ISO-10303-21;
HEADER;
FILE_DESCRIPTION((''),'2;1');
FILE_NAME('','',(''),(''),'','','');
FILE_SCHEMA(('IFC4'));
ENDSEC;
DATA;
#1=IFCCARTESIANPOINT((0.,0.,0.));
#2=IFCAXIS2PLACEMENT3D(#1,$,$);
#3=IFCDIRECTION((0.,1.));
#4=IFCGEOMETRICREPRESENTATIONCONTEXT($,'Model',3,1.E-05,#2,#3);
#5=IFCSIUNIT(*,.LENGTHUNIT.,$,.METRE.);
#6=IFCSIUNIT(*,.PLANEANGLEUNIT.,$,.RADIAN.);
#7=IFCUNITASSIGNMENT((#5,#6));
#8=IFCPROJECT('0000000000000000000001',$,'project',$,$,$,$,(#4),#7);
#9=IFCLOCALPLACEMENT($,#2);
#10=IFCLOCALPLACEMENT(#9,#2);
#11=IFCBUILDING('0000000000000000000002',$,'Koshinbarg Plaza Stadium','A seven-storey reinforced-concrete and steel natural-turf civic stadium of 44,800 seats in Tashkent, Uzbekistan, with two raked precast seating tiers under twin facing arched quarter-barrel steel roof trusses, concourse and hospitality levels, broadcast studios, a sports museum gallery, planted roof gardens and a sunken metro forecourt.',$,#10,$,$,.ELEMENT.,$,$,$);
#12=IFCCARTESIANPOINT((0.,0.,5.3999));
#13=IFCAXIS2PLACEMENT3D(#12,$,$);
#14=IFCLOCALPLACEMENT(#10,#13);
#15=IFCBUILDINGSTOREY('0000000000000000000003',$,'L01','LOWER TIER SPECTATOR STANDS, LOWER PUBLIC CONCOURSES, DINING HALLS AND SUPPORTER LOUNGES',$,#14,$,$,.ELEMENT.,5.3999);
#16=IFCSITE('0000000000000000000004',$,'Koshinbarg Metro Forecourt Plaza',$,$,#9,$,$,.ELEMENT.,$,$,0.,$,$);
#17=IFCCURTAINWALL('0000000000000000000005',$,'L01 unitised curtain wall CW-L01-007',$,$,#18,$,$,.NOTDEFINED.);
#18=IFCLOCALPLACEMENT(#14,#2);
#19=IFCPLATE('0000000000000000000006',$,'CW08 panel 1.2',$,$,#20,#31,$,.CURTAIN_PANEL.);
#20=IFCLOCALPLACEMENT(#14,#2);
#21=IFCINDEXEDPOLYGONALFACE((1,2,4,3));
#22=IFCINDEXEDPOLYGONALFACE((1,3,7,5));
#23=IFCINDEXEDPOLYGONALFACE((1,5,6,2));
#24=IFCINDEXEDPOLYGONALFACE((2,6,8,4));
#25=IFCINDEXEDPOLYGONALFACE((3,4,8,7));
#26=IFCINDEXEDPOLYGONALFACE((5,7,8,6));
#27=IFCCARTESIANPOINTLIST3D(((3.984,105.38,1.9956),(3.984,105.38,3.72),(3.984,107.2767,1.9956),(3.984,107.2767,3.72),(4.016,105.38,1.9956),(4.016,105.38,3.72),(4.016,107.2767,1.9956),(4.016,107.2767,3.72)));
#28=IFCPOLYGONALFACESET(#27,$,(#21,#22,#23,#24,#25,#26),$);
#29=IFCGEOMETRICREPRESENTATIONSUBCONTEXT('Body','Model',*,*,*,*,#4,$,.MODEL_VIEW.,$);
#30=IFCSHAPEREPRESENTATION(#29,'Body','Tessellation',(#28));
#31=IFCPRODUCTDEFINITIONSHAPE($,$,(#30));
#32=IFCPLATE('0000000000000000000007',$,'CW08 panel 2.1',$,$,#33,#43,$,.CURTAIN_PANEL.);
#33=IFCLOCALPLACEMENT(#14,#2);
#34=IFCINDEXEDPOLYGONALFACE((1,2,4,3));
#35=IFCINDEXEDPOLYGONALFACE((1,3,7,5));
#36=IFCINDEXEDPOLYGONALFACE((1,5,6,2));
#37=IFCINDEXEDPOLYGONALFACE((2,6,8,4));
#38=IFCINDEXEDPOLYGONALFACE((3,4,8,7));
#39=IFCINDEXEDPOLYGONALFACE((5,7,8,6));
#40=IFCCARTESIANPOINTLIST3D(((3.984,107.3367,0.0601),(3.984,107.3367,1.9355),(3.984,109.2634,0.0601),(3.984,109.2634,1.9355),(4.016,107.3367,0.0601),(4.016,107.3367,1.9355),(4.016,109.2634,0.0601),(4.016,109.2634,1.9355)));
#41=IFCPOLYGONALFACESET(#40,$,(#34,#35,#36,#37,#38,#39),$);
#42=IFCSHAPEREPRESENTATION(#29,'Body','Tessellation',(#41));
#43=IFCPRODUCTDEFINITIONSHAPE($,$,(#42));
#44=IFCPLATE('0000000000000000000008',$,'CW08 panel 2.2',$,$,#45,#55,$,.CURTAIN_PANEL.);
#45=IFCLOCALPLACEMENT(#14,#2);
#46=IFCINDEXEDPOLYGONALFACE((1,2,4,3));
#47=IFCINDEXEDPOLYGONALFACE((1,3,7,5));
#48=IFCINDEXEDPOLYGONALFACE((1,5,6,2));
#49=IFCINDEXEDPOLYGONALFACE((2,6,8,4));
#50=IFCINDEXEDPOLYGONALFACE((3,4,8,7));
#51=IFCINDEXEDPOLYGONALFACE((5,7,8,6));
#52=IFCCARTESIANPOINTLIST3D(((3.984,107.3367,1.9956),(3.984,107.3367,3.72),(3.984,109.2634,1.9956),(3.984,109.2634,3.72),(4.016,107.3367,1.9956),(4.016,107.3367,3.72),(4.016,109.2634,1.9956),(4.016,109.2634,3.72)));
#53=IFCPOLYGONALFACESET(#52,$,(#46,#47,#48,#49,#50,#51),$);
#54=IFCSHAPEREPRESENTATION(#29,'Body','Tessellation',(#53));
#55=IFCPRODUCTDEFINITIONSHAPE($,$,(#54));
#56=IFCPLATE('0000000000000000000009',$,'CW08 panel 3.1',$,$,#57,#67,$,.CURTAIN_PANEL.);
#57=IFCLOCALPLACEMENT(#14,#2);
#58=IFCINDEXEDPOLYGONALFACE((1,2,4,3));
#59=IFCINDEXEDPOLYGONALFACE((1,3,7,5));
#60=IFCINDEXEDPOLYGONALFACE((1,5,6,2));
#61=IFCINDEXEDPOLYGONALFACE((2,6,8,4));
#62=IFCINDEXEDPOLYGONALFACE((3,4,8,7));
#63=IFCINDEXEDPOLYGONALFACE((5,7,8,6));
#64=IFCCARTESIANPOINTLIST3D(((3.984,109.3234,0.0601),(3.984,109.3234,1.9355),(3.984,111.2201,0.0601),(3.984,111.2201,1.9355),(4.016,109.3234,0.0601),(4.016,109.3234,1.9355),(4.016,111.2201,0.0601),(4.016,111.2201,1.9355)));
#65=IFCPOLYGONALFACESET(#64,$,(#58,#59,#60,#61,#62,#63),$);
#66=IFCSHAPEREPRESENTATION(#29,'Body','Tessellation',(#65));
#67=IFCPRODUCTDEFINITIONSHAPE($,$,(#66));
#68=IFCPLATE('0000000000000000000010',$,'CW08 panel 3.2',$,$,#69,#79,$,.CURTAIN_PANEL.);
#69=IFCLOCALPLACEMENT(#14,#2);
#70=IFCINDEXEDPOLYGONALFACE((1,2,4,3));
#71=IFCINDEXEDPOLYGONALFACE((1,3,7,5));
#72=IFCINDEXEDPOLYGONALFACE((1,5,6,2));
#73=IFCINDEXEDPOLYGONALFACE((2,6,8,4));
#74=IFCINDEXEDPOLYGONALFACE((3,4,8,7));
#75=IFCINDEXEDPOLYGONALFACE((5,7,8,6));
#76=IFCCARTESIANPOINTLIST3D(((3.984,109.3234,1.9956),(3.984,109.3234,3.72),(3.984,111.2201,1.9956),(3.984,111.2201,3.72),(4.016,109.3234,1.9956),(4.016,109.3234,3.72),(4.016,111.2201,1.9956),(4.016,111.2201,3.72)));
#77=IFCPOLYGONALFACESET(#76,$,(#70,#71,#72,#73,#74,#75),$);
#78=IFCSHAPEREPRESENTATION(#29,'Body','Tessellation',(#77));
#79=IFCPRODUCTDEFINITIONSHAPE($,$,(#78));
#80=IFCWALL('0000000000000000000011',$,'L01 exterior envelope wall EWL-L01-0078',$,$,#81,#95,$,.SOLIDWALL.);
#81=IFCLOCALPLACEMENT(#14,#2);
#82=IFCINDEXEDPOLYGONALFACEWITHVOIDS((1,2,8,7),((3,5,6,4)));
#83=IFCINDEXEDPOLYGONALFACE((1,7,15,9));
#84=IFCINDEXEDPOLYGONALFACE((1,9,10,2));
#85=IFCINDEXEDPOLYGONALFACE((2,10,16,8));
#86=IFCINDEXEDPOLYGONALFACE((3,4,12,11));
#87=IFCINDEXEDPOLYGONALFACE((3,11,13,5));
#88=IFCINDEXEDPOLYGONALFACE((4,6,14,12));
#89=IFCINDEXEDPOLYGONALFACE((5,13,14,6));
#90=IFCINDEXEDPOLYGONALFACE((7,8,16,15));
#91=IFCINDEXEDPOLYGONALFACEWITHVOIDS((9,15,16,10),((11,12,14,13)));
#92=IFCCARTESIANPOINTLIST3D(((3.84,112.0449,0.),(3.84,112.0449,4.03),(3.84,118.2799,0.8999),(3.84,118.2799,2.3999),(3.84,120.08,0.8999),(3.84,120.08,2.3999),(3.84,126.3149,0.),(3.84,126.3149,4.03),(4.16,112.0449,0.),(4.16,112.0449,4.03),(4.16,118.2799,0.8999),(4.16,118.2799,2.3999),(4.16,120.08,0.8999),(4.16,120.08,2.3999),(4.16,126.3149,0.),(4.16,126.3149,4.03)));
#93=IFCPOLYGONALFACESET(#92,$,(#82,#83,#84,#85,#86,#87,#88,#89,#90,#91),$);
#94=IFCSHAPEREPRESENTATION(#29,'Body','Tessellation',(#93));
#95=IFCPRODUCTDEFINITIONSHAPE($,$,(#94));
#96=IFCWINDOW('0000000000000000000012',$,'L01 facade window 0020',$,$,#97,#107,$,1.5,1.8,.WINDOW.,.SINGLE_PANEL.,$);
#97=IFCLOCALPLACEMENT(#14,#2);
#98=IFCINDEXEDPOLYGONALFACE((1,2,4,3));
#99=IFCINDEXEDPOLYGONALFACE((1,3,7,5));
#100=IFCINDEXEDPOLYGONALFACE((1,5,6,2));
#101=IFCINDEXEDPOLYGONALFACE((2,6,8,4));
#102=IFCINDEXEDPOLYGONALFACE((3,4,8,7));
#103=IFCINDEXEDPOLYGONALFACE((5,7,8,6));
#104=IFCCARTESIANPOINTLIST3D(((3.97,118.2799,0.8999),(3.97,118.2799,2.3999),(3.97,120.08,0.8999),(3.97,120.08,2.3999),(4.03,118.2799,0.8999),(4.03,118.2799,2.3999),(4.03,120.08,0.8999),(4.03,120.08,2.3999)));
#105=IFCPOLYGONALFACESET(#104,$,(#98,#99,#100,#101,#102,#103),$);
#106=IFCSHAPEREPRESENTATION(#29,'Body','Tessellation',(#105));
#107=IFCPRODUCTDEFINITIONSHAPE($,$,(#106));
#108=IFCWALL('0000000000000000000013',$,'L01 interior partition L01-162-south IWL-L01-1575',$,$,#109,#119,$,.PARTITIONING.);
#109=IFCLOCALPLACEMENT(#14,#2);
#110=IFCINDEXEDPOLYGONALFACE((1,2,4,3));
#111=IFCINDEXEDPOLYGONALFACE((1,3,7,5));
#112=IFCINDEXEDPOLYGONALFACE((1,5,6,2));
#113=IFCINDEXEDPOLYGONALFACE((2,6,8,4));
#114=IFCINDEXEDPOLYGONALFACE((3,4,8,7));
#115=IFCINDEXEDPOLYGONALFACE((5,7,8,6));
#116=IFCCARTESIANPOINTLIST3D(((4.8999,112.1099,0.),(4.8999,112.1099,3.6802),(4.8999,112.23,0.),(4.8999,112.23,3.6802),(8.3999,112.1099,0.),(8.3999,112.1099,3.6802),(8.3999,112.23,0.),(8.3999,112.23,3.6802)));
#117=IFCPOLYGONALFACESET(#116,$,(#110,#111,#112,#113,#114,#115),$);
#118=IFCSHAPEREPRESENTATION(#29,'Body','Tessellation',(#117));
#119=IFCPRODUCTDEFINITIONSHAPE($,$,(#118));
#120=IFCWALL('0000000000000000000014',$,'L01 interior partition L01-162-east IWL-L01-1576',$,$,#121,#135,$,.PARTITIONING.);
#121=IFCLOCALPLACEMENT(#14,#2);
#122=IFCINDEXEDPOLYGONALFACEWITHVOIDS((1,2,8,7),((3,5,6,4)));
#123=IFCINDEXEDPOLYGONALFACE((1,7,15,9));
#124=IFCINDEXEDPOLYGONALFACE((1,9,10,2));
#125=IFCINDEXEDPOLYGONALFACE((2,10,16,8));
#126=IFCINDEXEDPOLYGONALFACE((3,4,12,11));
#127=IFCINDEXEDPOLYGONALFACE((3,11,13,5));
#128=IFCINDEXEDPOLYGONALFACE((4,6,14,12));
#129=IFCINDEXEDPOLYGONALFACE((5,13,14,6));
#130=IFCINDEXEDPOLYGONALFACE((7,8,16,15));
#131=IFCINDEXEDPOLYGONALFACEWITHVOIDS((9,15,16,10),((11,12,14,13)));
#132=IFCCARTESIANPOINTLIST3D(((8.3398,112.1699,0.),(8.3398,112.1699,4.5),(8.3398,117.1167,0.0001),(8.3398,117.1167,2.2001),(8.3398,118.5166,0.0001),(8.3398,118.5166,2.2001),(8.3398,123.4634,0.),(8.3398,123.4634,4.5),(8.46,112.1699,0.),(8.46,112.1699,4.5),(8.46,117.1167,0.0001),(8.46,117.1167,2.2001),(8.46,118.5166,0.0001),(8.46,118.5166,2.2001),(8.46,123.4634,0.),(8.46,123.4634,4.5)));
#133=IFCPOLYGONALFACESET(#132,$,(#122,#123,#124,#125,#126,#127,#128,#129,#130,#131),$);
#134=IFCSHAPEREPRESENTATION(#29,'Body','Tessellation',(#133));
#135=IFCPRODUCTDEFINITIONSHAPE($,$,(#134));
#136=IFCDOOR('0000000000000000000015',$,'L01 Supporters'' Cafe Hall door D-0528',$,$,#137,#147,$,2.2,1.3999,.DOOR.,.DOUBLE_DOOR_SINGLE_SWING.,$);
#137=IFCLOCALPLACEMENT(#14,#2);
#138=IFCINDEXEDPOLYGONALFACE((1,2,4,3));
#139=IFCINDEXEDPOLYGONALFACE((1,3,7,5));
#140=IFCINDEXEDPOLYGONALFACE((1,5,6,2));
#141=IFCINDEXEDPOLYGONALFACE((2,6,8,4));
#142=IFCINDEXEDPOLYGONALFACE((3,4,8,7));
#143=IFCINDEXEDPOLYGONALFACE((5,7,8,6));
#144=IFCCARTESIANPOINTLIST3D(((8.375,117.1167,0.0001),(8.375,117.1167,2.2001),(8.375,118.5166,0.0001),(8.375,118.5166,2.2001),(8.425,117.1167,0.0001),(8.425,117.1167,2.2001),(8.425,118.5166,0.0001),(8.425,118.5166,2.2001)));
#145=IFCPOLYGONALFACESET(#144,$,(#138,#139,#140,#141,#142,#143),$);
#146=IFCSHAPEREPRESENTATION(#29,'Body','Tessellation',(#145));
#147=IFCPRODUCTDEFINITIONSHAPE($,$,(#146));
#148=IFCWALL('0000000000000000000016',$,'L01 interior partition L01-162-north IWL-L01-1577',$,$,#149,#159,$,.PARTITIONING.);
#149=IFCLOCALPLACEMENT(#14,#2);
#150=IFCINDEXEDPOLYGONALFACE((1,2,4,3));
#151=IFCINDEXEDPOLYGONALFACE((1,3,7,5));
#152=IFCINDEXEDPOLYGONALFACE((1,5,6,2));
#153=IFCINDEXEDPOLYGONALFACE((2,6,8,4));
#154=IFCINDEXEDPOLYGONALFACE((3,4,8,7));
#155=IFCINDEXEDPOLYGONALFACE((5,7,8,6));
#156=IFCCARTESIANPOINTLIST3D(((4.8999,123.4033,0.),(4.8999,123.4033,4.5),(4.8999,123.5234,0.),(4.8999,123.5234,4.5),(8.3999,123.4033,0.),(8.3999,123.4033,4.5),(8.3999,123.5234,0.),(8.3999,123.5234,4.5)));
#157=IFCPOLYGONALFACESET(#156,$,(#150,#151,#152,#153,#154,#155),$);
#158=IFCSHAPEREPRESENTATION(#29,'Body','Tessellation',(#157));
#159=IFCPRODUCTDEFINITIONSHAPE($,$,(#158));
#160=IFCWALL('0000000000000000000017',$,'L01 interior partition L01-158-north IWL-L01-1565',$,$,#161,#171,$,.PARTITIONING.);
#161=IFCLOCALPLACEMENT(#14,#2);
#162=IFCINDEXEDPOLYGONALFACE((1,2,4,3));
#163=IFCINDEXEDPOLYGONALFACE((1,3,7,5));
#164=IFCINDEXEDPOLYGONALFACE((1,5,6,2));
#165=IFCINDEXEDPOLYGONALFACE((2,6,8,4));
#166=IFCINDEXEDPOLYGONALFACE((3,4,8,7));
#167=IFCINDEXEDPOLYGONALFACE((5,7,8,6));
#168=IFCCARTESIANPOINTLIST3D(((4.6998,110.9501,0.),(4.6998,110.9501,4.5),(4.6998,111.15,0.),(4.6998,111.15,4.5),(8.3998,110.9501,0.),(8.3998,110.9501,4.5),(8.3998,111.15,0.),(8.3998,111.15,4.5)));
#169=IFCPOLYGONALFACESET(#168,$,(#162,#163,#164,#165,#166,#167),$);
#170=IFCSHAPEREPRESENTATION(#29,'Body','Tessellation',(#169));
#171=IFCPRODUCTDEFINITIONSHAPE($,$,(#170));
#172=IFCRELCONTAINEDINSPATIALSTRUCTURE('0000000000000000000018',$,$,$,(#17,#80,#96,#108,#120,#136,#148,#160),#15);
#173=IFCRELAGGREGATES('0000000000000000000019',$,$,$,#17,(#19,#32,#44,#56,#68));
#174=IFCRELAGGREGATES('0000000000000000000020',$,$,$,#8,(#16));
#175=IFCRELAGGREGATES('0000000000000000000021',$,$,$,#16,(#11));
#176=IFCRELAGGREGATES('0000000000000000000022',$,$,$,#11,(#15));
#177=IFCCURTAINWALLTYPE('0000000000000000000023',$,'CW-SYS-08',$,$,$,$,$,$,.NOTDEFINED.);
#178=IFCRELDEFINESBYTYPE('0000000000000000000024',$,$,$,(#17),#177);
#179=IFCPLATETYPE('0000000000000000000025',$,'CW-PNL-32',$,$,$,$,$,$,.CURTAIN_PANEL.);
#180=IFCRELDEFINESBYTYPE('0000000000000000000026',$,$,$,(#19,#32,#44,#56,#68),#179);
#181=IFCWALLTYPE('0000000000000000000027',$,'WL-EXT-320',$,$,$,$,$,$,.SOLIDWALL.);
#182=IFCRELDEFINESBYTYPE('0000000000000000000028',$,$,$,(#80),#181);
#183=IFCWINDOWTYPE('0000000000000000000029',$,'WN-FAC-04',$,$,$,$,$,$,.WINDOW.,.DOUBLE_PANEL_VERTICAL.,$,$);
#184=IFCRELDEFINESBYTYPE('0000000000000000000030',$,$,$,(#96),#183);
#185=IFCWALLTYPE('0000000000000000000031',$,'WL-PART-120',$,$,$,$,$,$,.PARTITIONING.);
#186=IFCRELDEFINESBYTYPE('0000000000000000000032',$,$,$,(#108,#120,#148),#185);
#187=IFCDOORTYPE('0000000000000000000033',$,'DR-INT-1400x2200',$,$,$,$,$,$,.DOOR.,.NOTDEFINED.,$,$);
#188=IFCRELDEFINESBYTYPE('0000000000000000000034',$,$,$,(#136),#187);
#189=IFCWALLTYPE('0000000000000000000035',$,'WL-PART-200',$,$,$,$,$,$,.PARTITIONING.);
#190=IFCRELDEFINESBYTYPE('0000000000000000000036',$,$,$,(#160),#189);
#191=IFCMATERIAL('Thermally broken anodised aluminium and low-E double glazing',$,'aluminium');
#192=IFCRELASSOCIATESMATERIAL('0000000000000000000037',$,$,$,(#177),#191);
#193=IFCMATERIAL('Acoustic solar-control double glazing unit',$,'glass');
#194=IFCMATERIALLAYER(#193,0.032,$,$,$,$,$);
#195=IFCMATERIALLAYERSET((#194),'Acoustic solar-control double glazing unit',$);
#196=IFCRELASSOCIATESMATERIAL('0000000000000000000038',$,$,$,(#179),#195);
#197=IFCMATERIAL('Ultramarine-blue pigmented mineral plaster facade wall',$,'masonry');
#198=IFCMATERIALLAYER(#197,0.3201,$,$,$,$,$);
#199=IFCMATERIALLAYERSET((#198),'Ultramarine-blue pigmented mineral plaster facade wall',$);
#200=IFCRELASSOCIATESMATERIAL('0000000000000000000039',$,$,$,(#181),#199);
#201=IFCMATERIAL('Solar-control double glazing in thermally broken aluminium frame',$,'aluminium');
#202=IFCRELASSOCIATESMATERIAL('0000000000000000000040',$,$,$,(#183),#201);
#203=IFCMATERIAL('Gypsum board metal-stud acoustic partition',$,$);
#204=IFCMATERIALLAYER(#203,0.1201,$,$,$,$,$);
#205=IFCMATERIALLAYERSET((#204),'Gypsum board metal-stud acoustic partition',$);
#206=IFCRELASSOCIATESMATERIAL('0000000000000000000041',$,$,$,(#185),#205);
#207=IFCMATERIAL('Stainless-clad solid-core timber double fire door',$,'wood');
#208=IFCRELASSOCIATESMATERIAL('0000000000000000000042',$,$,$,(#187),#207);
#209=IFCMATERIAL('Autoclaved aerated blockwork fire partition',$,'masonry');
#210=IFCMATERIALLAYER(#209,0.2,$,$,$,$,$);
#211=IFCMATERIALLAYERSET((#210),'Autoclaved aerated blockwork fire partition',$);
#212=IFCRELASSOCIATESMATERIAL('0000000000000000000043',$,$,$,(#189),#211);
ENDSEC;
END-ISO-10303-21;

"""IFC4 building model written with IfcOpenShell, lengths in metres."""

from ifc_helpers import new_model, si_unit, direction, frame, frame_2d, origin, origin_2d, place, context, subcontext, project, spatial, rectangle, extrude, material, layer, layer_set, type_object, element, fill, aggregate, save


model = new_model("IFC4")

# Units and contexts
model_context = context("Model", 3, precision=1e-05, world=origin(), true_north=direction((0.0, 1.0)))
body_context = subcontext(model_context, "Body", "Model", "MODEL_VIEW")
ifc_project = project(units=[si_unit("LENGTHUNIT", "METRE"), si_unit("PLANEANGLEUNIT", "RADIAN")], contexts=[model_context])

# Site, building, storey
site_placement = place(None, origin())
site = spatial("IfcSite", under=ifc_project, at=site_placement, Name="Koshinbarg Metro Forecourt Plaza", CompositionType="ELEMENT", RefElevation=0.0)
building_placement = place(site_placement, origin())
building = spatial("IfcBuilding", under=site, at=building_placement, Name="Koshinbarg Plaza Stadium", Description="A seven-storey reinforced-concrete and steel natural-turf civic stadium of 44,800 seats in Tashkent, Uzbekistan, with two raked precast seating tiers under twin facing arched quarter-barrel steel roof trusses, concourse and hospitality levels, broadcast studios, a sports museum gallery, planted roof gardens and a sunken metro forecourt.", CompositionType="ELEMENT")
storey_placement = place(building_placement, frame((0.0, 0.0, 5.3999)))
storey = spatial("IfcBuildingStorey", under=building, at=storey_placement, Name="L01", Description="LOWER TIER SPECTATOR STANDS, LOWER PUBLIC CONCOURSES, DINING HALLS AND SUPPORTER LOUNGES", CompositionType="ELEMENT", Elevation=5.3999)

# Curtain wall, plates
ifc_material_1 = material(Name="Thermally broken anodised aluminium and low-E double glazing", Category="aluminium")
curtain_wall_type = type_object("IfcCurtainWallType", Name="CW-SYS-08", PredefinedType="NOTDEFINED", material=ifc_material_1)
curtain_wall_placement = place(storey_placement, origin())
curtain_wall = element("IfcCurtainWall", 1, at=curtain_wall_placement, inside=storey, type_object=curtain_wall_type, Name="L01 unitised curtain wall CW-L01-007", PredefinedType="NOTDEFINED")
ifc_material_2 = material(Name="Acoustic solar-control double glazing unit", Category="glass")
ifc_layer_1 = layer(ifc_material_2, 0.032)
ifc_layer_set_1 = layer_set([ifc_layer_1], Name="Acoustic solar-control double glazing unit")
plate_type = type_object("IfcPlateType", Name="CW-PNL-32", PredefinedType="CURTAIN_PANEL", material=ifc_layer_set_1)
plate_1_placement = place(storey_placement, frame((4.0, 106.3284, 1.9956), z_axis=(0.0, 0.0, 1.0), x_axis=(0.0, 1.0, 0.0)))
plate_1 = element("IfcPlate", 2, at=plate_1_placement, type_object=plate_type, Name="CW08 panel 1.2", PredefinedType="CURTAIN_PANEL", context=body_context, shape_type="SweptSolid", body=[
    extrude(rectangle(XDim=1.8967, YDim=0.032, at=origin_2d()), origin(), (0.0, 0.0, 1.0), 1.7244),
])
plate_2_placement = place(storey_placement, frame((4.0, 108.3, 0.0601), z_axis=(0.0, 0.0, 1.0), x_axis=(0.0, 1.0, 0.0)))
plate_2 = element("IfcPlate", 3, at=plate_2_placement, type_object=plate_type, Name="CW08 panel 2.1", PredefinedType="CURTAIN_PANEL", context=body_context, shape_type="SweptSolid", body=[
    extrude(rectangle(XDim=1.9268, YDim=0.032, at=origin_2d()), origin(), (0.0, 0.0, 1.0), 1.8755),
])
plate_3_placement = place(storey_placement, frame((4.0, 108.3, 1.9956), z_axis=(0.0, 0.0, 1.0), x_axis=(0.0, 1.0, 0.0)))
plate_3 = element("IfcPlate", 4, at=plate_3_placement, type_object=plate_type, Name="CW08 panel 2.2", PredefinedType="CURTAIN_PANEL", context=body_context, shape_type="SweptSolid", body=[
    extrude(rectangle(XDim=1.9268, YDim=0.032, at=origin_2d()), origin(), (0.0, 0.0, 1.0), 1.7244),
])
plate_4_placement = place(storey_placement, frame((4.0, 110.2717, 0.0601), z_axis=(0.0, 0.0, 1.0), x_axis=(0.0, 1.0, 0.0)))
plate_4 = element("IfcPlate", 5, at=plate_4_placement, type_object=plate_type, Name="CW08 panel 3.1", PredefinedType="CURTAIN_PANEL", context=body_context, shape_type="SweptSolid", body=[
    extrude(rectangle(XDim=1.8967, YDim=0.032, at=origin_2d()), origin(), (0.0, 0.0, 1.0), 1.8755),
])
plate_5_placement = place(storey_placement, frame((4.0, 110.2717, 1.9956), z_axis=(0.0, 0.0, 1.0), x_axis=(0.0, 1.0, 0.0)))
plate_5 = element("IfcPlate", 6, at=plate_5_placement, type_object=plate_type, Name="CW08 panel 3.2", PredefinedType="CURTAIN_PANEL", context=body_context, shape_type="SweptSolid", body=[
    extrude(rectangle(XDim=1.8967, YDim=0.032, at=origin_2d()), origin(), (0.0, 0.0, 1.0), 1.7244),
])
aggregate(curtain_wall, [plate_1, plate_2, plate_3, plate_4, plate_5])

# Wall, opening, window
ifc_material_3 = material(Name="Ultramarine-blue pigmented mineral plaster facade wall", Category="masonry")
ifc_layer_2 = layer(ifc_material_3, 0.3201)
ifc_layer_set_2 = layer_set([ifc_layer_2], Name="Ultramarine-blue pigmented mineral plaster facade wall")
wall_type_1 = type_object("IfcWallType", Name="WL-EXT-320", PredefinedType="SOLIDWALL", material=ifc_layer_set_2)
wall_1_placement = place(storey_placement, frame((4.0, 112.0449, 0.0), z_axis=(0.0, 0.0, 1.0), x_axis=(0.0, 1.0, 0.0)))
wall_1 = element("IfcWall", 7, at=wall_1_placement, inside=storey, type_object=wall_type_1, Name="L01 exterior envelope wall EWL-L01-0078", PredefinedType="SOLIDWALL", context=body_context, shape_type="SweptSolid", body=[
    extrude(rectangle(XDim=14.27, YDim=0.3201, at=frame_2d((7.135, 0.0))), origin(), (0.0, 0.0, 1.0), 4.03),
])
opening_1_placement = place(wall_1_placement, frame((6.2351, 0.0, 0.8999)))
opening_1 = element("IfcOpeningElement", 8, at=opening_1_placement, cuts=wall_1, PredefinedType="OPENING", context=body_context, shape_type="SweptSolid", body=[
    extrude(rectangle(XDim=1.8, YDim=1.5, at=frame_2d((0.8999, 0.75))), frame((0.0, 0.1699, 0.0), z_axis=(0.0, -1.0, 0.0), x_axis=(1.0, 0.0, 0.0)), (0.0, 0.0, 1.0), 0.3401),
])
ifc_material_4 = material(Name="Solar-control double glazing in thermally broken aluminium frame", Category="aluminium")
window_type = type_object("IfcWindowType", Name="WN-FAC-04", PartitioningType="DOUBLE_PANEL_VERTICAL", PredefinedType="WINDOW", material=ifc_material_4)
window_placement = place(opening_1_placement, origin())
window = element("IfcWindow", 9, at=window_placement, inside=storey, type_object=window_type, Name="L01 facade window 0020", OverallHeight=1.5, OverallWidth=1.8, PartitioningType="SINGLE_PANEL", PredefinedType="WINDOW", context=body_context, shape_type="SweptSolid", body=[
    extrude(rectangle(XDim=1.8, YDim=1.5, at=frame_2d((0.8999, 0.75))), frame((0.0, 0.03, 0.0), z_axis=(0.0, -1.0, 0.0), x_axis=(1.0, 0.0, 0.0)), (0.0, 0.0, 1.0), 0.0601),
])
fill(opening_1, window)

# Wall
ifc_material_5 = material(Name="Gypsum board metal-stud acoustic partition")
ifc_layer_3 = layer(ifc_material_5, 0.1201)
ifc_layer_set_3 = layer_set([ifc_layer_3], Name="Gypsum board metal-stud acoustic partition")
wall_type_2 = type_object("IfcWallType", Name="WL-PART-120", PredefinedType="PARTITIONING", material=ifc_layer_set_3)
wall_2_placement = place(storey_placement, frame((4.8999, 112.1699, 0.0), z_axis=(0.0, 0.0, 1.0), x_axis=(1.0, 0.0, 0.0)))
element("IfcWall", 10, at=wall_2_placement, inside=storey, type_object=wall_type_2, Name="L01 interior partition L01-162-south IWL-L01-1575", PredefinedType="PARTITIONING", context=body_context, shape_type="SweptSolid", body=[
    extrude(rectangle(XDim=3.5, YDim=0.1201, at=frame_2d((1.75, 0.0))), origin(), (0.0, 0.0, 1.0), 3.6802),
])

# Wall, opening, door
wall_3_placement = place(storey_placement, frame((8.3999, 112.1699, 0.0), z_axis=(0.0, 0.0, 1.0), x_axis=(0.0, 1.0, 0.0)))
wall_3 = element("IfcWall", 11, at=wall_3_placement, inside=storey, type_object=wall_type_2, Name="L01 interior partition L01-162-east IWL-L01-1576", PredefinedType="PARTITIONING", context=body_context, shape_type="SweptSolid", body=[
    extrude(rectangle(XDim=11.2935, YDim=0.1201, at=frame_2d((5.6467, 0.0))), origin(), (0.0, 0.0, 1.0), 4.5),
])
opening_2_placement = place(wall_3_placement, frame((4.9468, 0.0, 0.0)))
opening_2 = element("IfcOpeningElement", 12, at=opening_2_placement, cuts=wall_3, PredefinedType="OPENING", context=body_context, shape_type="SweptSolid", body=[
    extrude(rectangle(XDim=1.3999, YDim=2.2, at=frame_2d((0.7, 1.1001))), frame((0.0, 0.0701, 0.0), z_axis=(0.0, -1.0, 0.0), x_axis=(1.0, 0.0, 0.0)), (0.0, 0.0, 1.0), 0.1401),
])
ifc_material_6 = material(Name="Stainless-clad solid-core timber double fire door", Category="wood")
door_type_1 = type_object("IfcDoorType", Name="DR-INT-1400x2200", OperationType="NOTDEFINED", PredefinedType="DOOR", material=ifc_material_6)
door_1_placement = place(opening_2_placement, origin())
door_1 = element("IfcDoor", 13, at=door_1_placement, inside=storey, type_object=door_type_1, Name="L01 Supporters' Cafe Hall door D-0528", OperationType="DOUBLE_DOOR_SINGLE_SWING", OverallHeight=2.2, OverallWidth=1.3999, PredefinedType="DOOR", context=body_context, shape_type="SweptSolid", body=[
    extrude(rectangle(XDim=1.3999, YDim=2.2, at=frame_2d((0.7, 1.1001))), frame((0.0, 0.0249, 0.0), z_axis=(0.0, -1.0, 0.0), x_axis=(1.0, 0.0, 0.0)), (0.0, 0.0, 1.0), 0.05),
])
fill(opening_2, door_1)

# Walls
wall_4_placement = place(storey_placement, frame((8.3999, 123.4634, 0.0), z_axis=(0.0, 0.0, 1.0), x_axis=(-1.0, 0.0, 0.0)))
element("IfcWall", 14, at=wall_4_placement, inside=storey, type_object=wall_type_2, Name="L01 interior partition L01-162-north IWL-L01-1577", PredefinedType="PARTITIONING", context=body_context, shape_type="SweptSolid", body=[
    extrude(rectangle(XDim=3.5, YDim=0.1201, at=frame_2d((1.75, 0.0))), origin(), (0.0, 0.0, 1.0), 4.5),
])
ifc_material_7 = material(Name="Autoclaved aerated blockwork fire partition", Category="masonry")
ifc_layer_4 = layer(ifc_material_7, 0.2)
ifc_layer_set_4 = layer_set([ifc_layer_4], Name="Autoclaved aerated blockwork fire partition")
wall_type_3 = type_object("IfcWallType", Name="WL-PART-200", PredefinedType="PARTITIONING", material=ifc_layer_set_4)
wall_5_placement = place(storey_placement, frame((8.3999, 111.05, 0.0), z_axis=(0.0, 0.0, 1.0), x_axis=(-1.0, 0.0, 0.0)))
element("IfcWall", 15, at=wall_5_placement, inside=storey, type_object=wall_type_3, Name="L01 interior partition L01-158-north IWL-L01-1565", PredefinedType="PARTITIONING", context=body_context, shape_type="SweptSolid", body=[
    extrude(rectangle(XDim=3.7, YDim=0.2, at=frame_2d((1.8501, 0.0))), origin(), (0.0, 0.0, 1.0), 4.5),
])

save(model, "model.ifc")
